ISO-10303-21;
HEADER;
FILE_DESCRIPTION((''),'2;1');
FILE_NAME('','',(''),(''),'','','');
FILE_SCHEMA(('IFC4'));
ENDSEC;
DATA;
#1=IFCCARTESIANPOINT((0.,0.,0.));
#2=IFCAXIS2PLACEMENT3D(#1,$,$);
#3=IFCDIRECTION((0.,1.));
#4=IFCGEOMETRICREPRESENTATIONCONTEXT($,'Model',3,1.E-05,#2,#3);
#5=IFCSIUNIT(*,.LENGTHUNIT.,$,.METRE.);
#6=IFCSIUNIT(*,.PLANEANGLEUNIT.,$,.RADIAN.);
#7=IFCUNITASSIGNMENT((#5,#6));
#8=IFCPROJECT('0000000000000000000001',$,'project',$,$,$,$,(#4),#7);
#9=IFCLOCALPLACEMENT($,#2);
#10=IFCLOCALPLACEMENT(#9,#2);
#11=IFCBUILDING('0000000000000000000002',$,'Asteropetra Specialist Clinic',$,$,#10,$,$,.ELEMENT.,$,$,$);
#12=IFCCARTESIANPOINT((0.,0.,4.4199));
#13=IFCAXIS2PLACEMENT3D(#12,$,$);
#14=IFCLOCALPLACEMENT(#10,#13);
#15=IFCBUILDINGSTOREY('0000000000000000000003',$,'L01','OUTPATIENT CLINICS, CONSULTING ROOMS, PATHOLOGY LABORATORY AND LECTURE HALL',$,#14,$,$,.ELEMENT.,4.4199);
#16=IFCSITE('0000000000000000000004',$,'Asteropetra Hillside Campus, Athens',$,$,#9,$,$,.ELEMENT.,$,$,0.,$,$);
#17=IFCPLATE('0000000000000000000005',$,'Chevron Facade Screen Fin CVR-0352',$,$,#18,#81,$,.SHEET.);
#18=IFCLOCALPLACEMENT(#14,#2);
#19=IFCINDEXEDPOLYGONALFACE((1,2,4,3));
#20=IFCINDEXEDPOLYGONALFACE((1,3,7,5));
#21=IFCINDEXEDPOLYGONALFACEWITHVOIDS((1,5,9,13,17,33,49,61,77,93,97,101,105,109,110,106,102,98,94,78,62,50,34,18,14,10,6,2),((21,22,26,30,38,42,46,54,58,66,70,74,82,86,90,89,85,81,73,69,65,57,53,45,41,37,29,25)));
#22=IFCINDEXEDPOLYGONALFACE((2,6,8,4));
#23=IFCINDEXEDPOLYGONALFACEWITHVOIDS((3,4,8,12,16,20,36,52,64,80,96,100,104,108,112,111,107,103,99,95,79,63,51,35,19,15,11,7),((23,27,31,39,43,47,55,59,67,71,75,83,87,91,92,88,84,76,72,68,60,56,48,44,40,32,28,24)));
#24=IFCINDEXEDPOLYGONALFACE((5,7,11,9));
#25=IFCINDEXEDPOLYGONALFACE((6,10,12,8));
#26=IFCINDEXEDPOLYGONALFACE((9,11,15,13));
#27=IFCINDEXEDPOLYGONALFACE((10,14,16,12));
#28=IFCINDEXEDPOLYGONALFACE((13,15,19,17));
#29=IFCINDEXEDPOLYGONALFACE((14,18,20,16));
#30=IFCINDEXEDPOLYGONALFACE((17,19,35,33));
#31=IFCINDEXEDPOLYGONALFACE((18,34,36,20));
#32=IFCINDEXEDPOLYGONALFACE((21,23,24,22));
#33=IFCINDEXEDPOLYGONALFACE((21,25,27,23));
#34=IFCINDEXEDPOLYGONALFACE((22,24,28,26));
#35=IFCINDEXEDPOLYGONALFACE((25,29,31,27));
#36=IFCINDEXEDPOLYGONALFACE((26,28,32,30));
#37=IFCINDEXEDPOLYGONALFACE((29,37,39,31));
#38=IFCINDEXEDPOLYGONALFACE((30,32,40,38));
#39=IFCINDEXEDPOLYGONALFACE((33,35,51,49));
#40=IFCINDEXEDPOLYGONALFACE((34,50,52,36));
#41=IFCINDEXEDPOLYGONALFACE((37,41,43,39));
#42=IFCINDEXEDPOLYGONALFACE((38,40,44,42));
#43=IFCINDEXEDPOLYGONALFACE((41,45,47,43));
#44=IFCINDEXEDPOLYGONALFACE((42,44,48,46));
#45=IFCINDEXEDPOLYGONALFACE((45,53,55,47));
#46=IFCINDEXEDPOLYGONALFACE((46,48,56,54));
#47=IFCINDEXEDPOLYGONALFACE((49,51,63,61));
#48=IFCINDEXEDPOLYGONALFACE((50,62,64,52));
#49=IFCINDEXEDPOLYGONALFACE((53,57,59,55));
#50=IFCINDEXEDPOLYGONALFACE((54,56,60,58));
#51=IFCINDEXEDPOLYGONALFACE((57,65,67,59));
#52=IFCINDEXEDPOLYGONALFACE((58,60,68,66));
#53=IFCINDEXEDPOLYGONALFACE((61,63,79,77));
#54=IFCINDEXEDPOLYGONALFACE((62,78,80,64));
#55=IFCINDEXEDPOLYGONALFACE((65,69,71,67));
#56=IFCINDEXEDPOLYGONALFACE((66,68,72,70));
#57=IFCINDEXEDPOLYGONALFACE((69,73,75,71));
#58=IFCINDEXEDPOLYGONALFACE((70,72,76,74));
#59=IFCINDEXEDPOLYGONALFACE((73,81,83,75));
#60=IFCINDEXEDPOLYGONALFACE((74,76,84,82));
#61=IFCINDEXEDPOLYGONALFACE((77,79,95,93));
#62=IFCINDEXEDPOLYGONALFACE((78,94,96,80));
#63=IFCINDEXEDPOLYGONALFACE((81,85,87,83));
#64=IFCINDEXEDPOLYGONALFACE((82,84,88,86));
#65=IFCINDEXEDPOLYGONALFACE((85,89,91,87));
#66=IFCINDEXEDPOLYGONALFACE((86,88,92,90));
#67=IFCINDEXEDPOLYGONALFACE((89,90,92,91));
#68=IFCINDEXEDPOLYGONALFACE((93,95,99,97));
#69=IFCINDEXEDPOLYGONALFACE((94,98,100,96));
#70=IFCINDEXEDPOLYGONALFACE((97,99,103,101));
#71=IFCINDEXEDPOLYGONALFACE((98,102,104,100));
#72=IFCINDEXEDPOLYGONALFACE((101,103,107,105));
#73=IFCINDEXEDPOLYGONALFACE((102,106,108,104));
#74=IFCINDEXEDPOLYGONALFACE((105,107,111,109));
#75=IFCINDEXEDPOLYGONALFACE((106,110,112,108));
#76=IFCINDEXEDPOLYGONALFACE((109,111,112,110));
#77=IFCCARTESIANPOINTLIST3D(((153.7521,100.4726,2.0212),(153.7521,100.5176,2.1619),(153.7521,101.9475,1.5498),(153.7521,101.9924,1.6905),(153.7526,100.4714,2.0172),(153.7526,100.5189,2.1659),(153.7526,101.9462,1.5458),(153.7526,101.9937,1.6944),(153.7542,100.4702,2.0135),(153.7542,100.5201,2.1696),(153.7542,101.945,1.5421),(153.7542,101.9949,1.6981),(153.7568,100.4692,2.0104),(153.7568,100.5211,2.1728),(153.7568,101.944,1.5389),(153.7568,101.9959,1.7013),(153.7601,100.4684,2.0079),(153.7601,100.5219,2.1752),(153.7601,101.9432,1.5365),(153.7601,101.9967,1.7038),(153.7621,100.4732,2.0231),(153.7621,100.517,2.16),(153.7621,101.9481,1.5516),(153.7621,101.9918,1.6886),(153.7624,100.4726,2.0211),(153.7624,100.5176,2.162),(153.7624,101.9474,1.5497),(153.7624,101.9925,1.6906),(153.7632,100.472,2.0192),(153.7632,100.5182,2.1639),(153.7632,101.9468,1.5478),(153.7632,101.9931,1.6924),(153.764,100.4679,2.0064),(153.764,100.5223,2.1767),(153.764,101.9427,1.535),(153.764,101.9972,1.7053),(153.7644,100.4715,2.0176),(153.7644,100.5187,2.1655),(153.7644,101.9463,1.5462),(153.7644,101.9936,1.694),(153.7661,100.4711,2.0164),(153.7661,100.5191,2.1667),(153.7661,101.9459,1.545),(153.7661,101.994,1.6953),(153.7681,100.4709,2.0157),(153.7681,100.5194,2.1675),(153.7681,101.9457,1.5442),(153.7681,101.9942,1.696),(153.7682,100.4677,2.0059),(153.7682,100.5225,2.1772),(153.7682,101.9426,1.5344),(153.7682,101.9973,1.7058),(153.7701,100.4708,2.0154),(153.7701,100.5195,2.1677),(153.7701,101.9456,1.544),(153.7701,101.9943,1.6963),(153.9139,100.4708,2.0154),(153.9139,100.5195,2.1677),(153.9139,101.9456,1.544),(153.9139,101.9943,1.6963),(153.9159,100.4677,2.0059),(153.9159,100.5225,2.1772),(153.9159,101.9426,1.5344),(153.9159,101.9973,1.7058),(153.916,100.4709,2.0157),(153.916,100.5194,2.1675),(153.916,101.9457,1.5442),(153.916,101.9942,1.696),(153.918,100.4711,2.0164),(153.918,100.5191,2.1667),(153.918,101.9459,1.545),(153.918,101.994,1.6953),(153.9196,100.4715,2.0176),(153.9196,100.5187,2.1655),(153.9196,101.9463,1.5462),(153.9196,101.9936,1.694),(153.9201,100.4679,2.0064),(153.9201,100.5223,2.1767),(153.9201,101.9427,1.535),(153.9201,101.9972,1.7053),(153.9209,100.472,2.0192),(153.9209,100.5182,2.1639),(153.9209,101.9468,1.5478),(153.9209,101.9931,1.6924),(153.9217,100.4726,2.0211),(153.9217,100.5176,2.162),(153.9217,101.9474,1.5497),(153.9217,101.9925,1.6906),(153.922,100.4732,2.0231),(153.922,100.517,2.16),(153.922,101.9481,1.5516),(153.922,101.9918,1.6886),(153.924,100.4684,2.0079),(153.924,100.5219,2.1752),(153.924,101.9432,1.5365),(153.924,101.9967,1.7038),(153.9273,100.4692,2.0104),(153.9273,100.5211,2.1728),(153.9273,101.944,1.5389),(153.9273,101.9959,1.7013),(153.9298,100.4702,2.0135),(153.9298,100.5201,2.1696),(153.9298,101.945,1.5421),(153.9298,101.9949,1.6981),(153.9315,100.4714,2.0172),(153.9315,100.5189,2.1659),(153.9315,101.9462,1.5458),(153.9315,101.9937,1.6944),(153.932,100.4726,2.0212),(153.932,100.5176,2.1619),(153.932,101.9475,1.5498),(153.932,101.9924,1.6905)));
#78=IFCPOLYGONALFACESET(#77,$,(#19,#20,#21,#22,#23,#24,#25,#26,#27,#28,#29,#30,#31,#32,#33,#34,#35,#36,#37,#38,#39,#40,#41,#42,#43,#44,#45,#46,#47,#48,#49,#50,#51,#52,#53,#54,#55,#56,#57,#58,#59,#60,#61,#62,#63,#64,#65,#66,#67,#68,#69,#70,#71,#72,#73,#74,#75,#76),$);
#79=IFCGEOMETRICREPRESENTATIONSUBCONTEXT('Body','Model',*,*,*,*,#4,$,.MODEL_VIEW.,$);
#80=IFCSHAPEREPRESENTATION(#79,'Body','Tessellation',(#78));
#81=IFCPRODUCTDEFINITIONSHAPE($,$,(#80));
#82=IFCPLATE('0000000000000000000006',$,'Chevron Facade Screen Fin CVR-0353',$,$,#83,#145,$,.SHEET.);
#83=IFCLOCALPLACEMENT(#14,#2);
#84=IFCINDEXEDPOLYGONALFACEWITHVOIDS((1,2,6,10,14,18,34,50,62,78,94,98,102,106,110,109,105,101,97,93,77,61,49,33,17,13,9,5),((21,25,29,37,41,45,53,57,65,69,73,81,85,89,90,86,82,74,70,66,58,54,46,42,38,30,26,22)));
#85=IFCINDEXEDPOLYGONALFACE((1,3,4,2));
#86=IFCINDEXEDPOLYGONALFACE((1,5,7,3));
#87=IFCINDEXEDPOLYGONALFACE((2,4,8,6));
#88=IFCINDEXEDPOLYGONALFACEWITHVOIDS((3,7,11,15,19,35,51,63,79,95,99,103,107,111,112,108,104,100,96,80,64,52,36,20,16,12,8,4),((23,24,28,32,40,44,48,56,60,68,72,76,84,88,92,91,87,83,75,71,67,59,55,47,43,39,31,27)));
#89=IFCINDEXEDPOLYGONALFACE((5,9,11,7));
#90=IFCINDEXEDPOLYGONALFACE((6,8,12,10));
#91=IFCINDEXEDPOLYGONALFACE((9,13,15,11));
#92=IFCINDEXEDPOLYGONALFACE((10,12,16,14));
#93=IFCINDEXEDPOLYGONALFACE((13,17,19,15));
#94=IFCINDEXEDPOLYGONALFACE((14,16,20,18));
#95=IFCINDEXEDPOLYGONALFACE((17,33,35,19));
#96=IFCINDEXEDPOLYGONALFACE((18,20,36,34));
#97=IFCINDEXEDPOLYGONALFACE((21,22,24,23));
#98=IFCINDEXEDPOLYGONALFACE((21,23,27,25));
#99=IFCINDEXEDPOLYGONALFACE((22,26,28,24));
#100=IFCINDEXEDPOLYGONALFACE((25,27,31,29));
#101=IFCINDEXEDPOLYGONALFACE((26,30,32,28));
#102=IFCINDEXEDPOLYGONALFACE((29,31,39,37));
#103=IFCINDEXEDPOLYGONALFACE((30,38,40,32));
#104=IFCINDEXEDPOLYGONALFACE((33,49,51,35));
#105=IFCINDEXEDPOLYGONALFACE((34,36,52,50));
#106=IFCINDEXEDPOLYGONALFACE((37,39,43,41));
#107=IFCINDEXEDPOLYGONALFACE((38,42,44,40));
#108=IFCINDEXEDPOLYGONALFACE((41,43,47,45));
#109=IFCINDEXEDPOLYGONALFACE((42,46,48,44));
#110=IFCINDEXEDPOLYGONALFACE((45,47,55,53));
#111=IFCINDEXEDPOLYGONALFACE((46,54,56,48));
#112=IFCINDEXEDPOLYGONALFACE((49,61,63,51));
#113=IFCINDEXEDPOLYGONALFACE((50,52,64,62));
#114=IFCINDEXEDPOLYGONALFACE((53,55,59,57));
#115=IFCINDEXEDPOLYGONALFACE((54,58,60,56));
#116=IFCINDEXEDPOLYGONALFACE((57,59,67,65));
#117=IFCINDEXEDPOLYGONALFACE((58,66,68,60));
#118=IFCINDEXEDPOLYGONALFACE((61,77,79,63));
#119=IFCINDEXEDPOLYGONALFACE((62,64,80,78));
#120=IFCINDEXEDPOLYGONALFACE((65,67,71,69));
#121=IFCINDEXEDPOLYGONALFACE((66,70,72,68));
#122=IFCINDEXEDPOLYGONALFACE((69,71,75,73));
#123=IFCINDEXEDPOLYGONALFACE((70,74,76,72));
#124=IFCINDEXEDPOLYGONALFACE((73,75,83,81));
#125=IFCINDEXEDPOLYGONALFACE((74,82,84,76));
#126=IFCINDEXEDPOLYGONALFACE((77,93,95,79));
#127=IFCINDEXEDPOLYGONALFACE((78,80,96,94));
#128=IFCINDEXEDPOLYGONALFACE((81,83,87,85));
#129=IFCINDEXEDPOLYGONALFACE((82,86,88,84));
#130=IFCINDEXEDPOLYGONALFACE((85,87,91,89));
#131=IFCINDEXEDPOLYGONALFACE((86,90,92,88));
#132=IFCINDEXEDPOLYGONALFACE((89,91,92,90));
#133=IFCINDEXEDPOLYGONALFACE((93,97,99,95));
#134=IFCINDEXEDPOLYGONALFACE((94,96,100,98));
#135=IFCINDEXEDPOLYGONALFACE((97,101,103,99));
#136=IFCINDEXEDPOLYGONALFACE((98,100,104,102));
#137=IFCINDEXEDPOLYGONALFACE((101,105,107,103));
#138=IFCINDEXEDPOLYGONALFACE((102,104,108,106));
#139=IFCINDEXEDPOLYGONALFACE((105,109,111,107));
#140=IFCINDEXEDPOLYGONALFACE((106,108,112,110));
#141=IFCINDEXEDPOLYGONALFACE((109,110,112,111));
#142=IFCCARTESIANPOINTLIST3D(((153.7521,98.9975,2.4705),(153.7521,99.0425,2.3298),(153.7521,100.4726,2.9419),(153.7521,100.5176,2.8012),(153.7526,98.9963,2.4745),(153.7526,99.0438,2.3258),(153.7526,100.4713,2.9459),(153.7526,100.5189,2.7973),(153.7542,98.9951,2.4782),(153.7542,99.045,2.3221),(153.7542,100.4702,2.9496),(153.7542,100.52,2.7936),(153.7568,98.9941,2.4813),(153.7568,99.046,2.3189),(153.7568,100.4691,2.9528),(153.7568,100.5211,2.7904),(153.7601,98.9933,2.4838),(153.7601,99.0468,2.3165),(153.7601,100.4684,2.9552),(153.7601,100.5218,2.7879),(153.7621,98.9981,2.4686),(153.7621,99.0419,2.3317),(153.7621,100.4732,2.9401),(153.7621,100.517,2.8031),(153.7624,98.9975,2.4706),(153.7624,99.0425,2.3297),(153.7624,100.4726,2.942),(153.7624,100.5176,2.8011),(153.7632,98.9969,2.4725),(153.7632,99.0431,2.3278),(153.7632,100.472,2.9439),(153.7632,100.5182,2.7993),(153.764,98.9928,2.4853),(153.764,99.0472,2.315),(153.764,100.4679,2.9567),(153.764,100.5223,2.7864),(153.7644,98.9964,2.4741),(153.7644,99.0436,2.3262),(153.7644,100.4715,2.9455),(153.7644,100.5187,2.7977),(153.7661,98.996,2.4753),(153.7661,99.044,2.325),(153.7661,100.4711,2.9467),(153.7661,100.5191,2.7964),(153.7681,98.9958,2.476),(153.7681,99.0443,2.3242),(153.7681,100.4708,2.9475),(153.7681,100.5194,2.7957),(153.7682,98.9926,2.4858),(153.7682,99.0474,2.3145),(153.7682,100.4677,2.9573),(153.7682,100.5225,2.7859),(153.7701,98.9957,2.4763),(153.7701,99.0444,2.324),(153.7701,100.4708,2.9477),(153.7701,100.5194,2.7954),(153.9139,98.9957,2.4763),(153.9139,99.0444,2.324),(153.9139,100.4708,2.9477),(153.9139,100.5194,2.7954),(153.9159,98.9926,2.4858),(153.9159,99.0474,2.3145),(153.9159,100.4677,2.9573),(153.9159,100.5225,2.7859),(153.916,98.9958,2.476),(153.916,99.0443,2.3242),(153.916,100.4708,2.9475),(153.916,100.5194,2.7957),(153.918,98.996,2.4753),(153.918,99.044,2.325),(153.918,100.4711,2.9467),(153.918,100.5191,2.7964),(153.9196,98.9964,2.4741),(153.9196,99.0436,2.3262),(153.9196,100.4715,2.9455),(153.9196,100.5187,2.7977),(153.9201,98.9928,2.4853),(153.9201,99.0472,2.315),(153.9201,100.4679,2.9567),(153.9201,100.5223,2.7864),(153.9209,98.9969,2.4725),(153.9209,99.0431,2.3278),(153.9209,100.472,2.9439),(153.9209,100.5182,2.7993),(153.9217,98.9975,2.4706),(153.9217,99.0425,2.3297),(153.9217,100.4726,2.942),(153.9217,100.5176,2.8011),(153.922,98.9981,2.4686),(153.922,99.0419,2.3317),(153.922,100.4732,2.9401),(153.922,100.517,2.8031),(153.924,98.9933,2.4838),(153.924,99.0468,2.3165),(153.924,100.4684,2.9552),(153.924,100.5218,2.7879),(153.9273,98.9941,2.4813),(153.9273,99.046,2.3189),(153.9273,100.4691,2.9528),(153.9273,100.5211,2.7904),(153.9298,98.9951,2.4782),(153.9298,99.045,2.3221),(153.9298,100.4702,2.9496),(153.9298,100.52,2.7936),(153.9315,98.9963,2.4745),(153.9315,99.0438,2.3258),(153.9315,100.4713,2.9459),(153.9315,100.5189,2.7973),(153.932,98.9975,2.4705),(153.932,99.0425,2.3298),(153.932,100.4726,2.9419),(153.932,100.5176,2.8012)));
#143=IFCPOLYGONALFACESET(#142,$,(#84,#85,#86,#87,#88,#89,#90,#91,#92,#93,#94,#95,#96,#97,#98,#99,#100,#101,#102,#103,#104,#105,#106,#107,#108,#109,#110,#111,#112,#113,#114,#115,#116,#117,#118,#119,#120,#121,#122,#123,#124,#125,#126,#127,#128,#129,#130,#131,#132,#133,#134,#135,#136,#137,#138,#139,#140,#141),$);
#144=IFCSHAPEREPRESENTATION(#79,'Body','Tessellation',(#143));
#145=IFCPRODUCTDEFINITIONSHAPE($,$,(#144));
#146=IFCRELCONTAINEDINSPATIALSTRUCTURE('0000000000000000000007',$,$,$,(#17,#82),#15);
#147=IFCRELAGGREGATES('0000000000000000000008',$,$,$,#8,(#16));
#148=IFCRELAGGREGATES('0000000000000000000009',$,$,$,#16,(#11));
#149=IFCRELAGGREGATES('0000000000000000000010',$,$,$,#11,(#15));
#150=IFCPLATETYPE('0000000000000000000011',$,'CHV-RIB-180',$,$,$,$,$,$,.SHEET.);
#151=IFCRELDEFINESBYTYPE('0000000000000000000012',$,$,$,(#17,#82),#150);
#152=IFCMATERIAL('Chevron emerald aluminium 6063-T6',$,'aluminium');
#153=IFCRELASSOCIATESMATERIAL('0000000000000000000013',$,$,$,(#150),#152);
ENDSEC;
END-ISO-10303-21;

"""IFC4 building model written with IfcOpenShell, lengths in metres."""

from ifc_helpers import new_model, si_unit, direction, frame, origin, origin_2d, place, context, subcontext, project, spatial, hollow_rectangle, extrude, material, material_profile, profile_set, type_object, element, save


model = new_model("IFC4")

# Units and contexts
model_context = context("Model", 3, precision=1e-05, world=origin(), true_north=direction((0.0, 1.0)))
body_context = subcontext(model_context, "Body", "Model", "MODEL_VIEW")
ifc_project = project(units=[si_unit("LENGTHUNIT", "METRE"), si_unit("PLANEANGLEUNIT", "RADIAN")], contexts=[model_context])

# Site, building, storey
site_placement = place(None, origin())
site = spatial("IfcSite", under=ifc_project, at=site_placement, Name="Asteropetra Hillside Campus, Athens", CompositionType="ELEMENT", RefElevation=0.0)
building_placement = place(site_placement, origin())
building = spatial("IfcBuilding", under=site, at=building_placement, Name="Asteropetra Specialist Clinic", CompositionType="ELEMENT")
storey_placement = place(building_placement, frame((0.0, 0.0, 4.4199)))
storey = spatial("IfcBuildingStorey", under=building, at=storey_placement, Name="L01", Description="OUTPATIENT CLINICS, CONSULTING ROOMS, PATHOLOGY LABORATORY AND LECTURE HALL", CompositionType="ELEMENT", Elevation=4.4199)

# Plates
ifc_material_1 = material(Name="Chevron emerald aluminium 6063-T6", Category="aluminium")
ifc_material_profile = material_profile(ifc_material_1, hollow_rectangle(XDim=0.1799, YDim=0.1799, WallThickness=0.01, InnerFilletRadius=0.0081, OuterFilletRadius=0.0161, at=origin_2d()), Name="SHS 180x180x10.0")
ifc_profile_set = profile_set([ifc_material_profile], Name="Chevron emerald aluminium 6063-T6")
plate_type = type_object("IfcPlateType", Name="CHV-RIB-180", PredefinedType="SHEET", material=ifc_profile_set)
plate_1_placement = place(storey_placement, frame((153.842, 100.4951, 2.0916), z_axis=(0.0, 0.952521, -0.304472), x_axis=(-1.0, 0.0, 0.0)))
element("IfcPlate", 1, at=plate_1_placement, inside=storey, type_object=plate_type, Name="Chevron Facade Screen Fin CVR-0352", PredefinedType="SHEET", context=body_context, shape_type="SweptSolid", body=[
    extrude(hollow_rectangle(XDim=0.1799, YDim=0.1799, WallThickness=0.01, InnerFilletRadius=0.0081, OuterFilletRadius=0.0161, at=origin_2d()), origin(), (0.0, 0.0, 1.0), 1.5483),
])
plate_2_placement = place(storey_placement, frame((153.842, 99.02, 2.4001), z_axis=(0.0, 0.952536, 0.304427), x_axis=(-1.0, 0.0, 0.0)))
element("IfcPlate", 2, at=plate_2_placement, inside=storey, type_object=plate_type, Name="Chevron Facade Screen Fin CVR-0353", PredefinedType="SHEET", context=body_context, shape_type="SweptSolid", body=[
    extrude(hollow_rectangle(XDim=0.1799, YDim=0.1799, WallThickness=0.01, InnerFilletRadius=0.0081, OuterFilletRadius=0.0161, at=origin_2d()), origin(), (0.0, 0.0, 1.0), 1.5486),
])

save(model, "model.ifc")
